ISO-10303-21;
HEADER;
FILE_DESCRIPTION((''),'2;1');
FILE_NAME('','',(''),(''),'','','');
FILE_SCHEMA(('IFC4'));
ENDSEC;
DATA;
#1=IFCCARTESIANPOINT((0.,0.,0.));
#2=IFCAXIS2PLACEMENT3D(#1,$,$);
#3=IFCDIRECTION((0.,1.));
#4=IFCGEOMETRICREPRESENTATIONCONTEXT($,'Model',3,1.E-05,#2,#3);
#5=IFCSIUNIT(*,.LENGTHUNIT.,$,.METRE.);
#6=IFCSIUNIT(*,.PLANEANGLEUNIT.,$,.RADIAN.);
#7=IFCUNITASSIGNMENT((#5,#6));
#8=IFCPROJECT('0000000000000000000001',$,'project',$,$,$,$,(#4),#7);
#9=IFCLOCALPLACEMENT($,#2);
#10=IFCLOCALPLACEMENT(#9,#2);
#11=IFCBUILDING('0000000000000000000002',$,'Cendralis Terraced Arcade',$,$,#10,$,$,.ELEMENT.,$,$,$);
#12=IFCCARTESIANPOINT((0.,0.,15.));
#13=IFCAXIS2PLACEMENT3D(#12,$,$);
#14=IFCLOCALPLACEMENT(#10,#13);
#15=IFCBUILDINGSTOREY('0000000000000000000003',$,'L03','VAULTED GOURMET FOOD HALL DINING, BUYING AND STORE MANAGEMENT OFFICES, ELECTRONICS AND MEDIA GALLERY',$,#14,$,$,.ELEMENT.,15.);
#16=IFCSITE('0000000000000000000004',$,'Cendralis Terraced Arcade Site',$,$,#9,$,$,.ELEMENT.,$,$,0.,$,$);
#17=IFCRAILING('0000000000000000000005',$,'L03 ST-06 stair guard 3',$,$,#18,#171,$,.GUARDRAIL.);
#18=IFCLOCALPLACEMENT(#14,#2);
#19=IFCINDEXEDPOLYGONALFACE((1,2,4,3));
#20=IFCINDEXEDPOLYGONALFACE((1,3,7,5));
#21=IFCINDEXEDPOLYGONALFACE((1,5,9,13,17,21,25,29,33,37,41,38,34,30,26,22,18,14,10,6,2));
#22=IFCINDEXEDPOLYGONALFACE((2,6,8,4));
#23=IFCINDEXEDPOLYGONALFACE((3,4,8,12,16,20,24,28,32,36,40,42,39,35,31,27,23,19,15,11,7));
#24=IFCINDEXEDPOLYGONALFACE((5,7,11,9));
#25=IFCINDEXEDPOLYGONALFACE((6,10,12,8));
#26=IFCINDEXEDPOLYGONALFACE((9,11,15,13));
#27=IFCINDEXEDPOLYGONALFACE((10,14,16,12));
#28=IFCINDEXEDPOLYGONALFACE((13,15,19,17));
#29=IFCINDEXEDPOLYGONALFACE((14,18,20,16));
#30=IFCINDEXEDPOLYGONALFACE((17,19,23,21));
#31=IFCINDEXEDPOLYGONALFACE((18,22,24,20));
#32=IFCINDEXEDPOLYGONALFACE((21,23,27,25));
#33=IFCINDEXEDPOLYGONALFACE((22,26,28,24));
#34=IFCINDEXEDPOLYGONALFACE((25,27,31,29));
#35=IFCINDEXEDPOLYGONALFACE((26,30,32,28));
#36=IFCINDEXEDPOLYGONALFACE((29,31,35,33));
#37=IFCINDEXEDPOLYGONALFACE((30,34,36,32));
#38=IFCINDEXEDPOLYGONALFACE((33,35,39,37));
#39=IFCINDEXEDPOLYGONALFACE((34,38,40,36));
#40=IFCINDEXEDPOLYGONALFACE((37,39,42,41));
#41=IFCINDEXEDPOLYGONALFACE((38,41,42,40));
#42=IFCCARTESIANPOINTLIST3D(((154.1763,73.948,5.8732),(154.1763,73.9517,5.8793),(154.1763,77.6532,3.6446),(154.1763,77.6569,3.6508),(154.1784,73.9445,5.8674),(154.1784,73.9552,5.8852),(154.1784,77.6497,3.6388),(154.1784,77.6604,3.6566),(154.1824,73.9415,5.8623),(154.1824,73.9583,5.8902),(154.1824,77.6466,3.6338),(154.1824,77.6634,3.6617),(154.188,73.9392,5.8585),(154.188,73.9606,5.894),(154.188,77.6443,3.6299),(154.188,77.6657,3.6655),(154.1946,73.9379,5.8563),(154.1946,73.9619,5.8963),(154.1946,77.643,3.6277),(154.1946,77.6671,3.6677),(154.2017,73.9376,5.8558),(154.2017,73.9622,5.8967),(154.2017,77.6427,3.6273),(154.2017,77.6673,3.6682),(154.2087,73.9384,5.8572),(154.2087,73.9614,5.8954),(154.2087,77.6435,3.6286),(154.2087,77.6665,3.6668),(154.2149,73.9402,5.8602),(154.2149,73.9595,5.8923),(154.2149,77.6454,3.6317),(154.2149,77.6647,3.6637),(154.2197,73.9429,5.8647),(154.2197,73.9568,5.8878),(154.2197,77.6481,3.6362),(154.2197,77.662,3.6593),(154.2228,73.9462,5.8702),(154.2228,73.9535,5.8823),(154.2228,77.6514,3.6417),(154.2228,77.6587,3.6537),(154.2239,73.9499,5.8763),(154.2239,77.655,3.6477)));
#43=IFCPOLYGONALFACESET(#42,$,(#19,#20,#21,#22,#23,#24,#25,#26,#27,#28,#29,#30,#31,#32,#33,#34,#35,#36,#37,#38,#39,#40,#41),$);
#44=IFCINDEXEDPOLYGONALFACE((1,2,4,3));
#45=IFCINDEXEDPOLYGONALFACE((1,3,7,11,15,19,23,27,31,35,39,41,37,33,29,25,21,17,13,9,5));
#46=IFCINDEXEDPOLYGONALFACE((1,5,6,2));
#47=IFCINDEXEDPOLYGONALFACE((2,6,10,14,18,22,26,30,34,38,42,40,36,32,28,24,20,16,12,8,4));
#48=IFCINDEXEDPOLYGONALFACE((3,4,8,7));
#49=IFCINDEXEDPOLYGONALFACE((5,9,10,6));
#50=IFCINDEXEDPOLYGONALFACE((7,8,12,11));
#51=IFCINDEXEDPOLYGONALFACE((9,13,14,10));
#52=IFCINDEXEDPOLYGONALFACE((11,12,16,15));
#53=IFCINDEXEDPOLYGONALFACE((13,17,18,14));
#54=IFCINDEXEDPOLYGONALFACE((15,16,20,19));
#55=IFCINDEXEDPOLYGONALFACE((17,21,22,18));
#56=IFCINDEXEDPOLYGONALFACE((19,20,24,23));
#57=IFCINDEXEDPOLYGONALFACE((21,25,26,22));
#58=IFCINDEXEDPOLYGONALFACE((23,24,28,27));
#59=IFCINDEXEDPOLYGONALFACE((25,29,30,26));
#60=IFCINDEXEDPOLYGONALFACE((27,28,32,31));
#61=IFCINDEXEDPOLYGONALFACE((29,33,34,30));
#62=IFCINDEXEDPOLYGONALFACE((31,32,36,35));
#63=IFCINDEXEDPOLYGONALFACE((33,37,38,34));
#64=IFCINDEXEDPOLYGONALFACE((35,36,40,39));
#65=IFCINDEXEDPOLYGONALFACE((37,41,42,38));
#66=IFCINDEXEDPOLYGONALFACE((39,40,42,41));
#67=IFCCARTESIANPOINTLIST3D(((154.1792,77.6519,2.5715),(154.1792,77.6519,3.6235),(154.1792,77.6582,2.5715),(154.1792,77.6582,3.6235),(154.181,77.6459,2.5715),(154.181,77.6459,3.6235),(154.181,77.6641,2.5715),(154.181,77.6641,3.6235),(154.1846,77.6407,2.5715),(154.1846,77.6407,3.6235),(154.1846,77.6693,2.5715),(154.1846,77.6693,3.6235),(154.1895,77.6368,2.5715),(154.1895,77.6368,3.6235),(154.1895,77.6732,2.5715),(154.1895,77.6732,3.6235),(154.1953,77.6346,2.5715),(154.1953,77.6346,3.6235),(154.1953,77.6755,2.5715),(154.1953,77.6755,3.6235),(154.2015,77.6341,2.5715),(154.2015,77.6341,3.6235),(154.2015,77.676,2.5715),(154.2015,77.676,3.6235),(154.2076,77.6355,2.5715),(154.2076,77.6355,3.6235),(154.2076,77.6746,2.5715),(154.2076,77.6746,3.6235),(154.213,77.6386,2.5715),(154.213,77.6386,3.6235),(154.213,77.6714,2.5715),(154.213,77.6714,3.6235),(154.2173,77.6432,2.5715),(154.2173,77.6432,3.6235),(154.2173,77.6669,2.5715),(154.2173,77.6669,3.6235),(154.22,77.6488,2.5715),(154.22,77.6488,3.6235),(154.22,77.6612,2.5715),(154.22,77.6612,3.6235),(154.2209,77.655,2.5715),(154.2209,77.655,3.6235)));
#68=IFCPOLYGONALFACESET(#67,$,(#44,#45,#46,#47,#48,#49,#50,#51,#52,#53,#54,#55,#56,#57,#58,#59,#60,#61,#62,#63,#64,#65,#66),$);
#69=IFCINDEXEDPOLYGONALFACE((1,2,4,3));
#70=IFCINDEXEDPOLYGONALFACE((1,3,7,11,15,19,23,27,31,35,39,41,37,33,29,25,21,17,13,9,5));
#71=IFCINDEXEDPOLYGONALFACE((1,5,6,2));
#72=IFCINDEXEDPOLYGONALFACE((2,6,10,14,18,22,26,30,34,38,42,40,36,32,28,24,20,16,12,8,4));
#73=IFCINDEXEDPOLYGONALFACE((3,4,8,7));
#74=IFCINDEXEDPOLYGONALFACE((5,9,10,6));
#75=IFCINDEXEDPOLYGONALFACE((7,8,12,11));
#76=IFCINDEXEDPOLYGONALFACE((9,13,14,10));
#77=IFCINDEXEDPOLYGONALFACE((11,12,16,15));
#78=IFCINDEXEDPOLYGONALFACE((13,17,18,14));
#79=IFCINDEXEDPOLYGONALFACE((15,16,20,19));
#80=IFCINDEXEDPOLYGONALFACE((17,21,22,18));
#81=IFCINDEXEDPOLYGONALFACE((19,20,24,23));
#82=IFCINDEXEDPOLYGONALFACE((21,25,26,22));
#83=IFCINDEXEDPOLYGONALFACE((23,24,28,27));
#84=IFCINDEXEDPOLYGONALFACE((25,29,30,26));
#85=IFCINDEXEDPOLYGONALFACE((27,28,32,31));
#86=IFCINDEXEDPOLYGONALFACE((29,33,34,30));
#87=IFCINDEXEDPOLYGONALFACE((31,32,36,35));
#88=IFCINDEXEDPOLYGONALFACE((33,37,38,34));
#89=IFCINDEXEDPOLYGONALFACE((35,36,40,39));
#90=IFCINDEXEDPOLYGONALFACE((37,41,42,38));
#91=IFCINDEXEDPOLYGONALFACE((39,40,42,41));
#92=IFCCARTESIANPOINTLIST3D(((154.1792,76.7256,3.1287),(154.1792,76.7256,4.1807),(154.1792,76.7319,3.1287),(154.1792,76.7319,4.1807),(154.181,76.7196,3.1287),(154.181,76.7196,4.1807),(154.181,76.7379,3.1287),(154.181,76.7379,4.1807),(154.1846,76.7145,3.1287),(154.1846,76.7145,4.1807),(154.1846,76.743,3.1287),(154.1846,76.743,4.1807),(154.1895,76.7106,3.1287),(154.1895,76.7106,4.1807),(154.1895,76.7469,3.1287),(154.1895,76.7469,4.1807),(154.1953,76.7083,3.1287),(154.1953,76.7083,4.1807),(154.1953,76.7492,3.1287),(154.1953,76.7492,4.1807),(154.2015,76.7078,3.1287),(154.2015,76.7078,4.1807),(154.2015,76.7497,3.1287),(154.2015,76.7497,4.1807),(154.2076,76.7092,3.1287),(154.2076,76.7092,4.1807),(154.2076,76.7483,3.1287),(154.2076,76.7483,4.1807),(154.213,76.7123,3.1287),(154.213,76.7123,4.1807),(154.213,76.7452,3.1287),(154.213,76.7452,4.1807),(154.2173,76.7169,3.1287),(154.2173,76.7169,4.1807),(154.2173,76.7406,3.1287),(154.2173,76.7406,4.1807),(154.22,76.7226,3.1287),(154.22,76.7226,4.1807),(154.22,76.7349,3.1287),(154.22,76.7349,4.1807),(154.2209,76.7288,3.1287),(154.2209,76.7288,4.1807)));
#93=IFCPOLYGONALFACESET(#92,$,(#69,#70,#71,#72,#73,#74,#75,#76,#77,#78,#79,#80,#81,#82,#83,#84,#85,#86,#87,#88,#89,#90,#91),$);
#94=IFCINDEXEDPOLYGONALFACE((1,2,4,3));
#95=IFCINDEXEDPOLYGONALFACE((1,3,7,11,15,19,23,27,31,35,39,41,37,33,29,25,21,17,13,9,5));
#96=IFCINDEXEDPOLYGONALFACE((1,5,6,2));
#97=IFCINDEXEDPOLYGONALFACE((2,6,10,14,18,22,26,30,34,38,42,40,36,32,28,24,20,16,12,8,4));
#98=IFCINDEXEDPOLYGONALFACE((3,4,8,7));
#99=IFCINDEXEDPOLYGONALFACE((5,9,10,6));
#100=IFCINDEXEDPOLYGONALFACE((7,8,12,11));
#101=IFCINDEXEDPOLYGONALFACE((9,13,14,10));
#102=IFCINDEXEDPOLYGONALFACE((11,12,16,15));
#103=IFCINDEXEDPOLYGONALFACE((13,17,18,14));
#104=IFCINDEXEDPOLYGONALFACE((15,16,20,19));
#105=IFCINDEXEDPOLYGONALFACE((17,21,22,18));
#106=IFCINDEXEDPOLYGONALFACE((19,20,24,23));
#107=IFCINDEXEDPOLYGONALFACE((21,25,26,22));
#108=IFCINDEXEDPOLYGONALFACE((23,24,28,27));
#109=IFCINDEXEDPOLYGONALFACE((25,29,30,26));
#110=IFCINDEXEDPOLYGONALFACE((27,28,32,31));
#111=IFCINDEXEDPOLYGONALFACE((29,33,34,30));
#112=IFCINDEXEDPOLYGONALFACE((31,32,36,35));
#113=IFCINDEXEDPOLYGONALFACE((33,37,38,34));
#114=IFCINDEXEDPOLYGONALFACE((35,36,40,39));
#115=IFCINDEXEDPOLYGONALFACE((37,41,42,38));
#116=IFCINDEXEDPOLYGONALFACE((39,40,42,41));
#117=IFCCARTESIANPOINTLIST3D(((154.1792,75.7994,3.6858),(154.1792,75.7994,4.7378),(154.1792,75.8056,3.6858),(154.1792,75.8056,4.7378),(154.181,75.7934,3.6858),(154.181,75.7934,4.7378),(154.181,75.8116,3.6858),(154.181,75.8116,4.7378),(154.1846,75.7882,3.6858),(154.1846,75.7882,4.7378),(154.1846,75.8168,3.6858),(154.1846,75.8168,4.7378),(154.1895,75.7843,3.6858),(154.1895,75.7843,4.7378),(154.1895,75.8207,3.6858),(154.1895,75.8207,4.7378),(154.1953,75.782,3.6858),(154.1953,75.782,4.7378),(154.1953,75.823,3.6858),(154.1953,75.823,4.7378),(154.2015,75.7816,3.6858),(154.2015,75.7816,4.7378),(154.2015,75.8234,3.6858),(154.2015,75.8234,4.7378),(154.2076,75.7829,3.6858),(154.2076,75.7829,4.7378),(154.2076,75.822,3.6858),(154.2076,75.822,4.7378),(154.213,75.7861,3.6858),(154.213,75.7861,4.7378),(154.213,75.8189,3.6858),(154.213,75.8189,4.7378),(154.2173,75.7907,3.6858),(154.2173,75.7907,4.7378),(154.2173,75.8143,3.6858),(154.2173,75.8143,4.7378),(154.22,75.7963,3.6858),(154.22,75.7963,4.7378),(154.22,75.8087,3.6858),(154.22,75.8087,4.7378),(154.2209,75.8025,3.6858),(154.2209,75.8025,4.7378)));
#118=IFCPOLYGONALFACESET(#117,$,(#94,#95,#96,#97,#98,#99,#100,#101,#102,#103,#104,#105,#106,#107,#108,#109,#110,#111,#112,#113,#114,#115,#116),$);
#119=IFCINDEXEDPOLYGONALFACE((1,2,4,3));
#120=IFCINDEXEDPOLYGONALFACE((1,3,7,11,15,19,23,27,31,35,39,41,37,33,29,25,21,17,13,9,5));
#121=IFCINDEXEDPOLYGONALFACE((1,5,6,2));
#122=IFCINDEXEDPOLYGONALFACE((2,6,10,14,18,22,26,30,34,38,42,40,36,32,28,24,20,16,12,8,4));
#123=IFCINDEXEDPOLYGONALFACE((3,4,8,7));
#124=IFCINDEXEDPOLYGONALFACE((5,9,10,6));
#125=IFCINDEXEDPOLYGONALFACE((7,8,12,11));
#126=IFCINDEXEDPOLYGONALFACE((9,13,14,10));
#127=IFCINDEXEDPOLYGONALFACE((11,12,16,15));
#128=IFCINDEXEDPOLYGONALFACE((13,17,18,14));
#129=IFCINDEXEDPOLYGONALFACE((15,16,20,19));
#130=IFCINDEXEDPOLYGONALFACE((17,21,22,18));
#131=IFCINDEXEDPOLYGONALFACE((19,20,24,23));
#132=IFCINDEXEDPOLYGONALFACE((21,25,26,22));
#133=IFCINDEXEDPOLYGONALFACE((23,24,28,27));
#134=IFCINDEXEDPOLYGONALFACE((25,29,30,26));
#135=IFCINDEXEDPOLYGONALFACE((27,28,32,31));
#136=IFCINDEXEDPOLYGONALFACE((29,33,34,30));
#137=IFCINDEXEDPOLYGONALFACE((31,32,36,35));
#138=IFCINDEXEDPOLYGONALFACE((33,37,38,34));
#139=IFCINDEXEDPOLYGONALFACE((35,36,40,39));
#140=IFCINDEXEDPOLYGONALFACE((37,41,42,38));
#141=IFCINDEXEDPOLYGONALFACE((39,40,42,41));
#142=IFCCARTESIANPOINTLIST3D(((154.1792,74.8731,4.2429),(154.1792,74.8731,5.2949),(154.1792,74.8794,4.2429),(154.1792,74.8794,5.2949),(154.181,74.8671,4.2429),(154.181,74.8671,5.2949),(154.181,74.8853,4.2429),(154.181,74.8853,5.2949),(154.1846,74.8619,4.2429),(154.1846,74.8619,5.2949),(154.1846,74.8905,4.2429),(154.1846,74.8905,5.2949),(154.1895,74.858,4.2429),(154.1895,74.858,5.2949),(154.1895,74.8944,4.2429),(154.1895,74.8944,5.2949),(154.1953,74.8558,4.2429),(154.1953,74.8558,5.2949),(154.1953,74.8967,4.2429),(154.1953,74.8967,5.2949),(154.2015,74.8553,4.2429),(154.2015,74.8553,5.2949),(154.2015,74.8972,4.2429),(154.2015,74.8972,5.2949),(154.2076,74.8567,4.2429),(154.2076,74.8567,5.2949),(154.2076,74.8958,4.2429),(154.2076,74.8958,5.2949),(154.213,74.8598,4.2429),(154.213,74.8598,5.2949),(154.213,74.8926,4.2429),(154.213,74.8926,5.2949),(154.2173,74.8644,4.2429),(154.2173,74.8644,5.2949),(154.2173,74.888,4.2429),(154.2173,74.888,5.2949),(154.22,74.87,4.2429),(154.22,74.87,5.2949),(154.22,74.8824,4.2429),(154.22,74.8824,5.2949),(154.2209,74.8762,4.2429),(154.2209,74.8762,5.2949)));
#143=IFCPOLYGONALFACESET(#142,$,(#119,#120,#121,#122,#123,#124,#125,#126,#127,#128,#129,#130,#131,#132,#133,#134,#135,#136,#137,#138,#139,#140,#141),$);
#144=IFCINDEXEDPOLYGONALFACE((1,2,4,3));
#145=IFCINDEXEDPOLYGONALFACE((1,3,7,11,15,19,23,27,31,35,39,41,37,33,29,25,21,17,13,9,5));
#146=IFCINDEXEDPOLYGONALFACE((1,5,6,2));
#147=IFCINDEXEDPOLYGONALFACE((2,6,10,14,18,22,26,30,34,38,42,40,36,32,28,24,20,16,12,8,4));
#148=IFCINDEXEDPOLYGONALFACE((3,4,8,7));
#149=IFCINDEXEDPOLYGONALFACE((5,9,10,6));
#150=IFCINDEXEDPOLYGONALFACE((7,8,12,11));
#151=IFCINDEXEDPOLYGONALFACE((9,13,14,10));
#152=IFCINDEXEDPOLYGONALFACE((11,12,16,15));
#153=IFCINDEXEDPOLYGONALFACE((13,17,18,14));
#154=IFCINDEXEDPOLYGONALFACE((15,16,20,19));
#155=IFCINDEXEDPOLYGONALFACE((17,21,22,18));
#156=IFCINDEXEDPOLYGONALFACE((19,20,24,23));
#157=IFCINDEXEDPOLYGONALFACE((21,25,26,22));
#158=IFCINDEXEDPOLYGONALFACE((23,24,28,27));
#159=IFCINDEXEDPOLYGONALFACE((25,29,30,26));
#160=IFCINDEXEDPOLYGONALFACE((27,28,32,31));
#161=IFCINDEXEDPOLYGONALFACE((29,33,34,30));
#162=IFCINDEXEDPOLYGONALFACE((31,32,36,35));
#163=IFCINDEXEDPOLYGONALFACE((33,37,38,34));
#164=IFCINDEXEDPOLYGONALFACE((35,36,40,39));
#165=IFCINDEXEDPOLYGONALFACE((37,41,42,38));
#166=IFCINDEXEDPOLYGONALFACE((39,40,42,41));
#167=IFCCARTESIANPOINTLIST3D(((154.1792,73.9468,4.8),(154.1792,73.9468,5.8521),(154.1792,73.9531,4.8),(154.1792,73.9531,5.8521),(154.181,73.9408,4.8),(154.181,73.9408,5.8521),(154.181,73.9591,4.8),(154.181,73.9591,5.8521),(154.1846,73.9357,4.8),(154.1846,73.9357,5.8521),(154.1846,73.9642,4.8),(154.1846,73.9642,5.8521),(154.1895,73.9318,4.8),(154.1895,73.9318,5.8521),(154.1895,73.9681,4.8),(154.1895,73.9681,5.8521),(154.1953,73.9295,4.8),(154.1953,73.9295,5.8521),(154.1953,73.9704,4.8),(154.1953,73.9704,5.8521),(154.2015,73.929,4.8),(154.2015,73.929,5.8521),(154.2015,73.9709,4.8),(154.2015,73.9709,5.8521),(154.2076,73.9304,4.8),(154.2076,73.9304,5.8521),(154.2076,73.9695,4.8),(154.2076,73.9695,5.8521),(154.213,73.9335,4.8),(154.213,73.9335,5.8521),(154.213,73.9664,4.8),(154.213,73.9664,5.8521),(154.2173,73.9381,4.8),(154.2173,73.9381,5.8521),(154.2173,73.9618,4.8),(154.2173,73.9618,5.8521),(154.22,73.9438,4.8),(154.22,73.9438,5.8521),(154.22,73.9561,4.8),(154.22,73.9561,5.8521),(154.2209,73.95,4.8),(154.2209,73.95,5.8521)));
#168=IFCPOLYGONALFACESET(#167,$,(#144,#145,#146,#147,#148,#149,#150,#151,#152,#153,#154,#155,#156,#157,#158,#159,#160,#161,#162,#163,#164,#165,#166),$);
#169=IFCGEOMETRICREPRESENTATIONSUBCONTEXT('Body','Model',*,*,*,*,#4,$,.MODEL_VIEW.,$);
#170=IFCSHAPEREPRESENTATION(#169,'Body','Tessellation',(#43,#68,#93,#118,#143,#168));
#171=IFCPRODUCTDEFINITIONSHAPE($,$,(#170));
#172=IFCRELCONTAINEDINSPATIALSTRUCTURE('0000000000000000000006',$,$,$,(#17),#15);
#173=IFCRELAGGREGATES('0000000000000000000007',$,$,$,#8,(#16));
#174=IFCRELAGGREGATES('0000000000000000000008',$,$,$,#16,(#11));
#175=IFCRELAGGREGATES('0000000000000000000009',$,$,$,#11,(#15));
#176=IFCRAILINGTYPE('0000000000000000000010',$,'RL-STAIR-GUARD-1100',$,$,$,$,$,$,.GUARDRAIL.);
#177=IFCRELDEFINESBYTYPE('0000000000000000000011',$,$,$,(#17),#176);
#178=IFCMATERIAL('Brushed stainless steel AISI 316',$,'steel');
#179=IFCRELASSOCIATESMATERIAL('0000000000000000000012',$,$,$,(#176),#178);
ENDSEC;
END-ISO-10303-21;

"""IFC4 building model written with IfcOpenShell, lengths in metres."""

from ifc_helpers import new_model, si_unit, direction, frame, origin, origin_2d, place, context, subcontext, project, spatial, circle, extrude, material, type_object, element, save


model = new_model("IFC4")

# Units and contexts
model_context = context("Model", 3, precision=1e-05, world=origin(), true_north=direction((0.0, 1.0)))
body_context = subcontext(model_context, "Body", "Model", "MODEL_VIEW")
ifc_project = project(units=[si_unit("LENGTHUNIT", "METRE"), si_unit("PLANEANGLEUNIT", "RADIAN")], contexts=[model_context])

# Site, building, storey
site_placement = place(None, origin())
site = spatial("IfcSite", under=ifc_project, at=site_placement, Name="Cendralis Terraced Arcade Site", CompositionType="ELEMENT", RefElevation=0.0)
building_placement = place(site_placement, origin())
building = spatial("IfcBuilding", under=site, at=building_placement, Name="Cendralis Terraced Arcade", CompositionType="ELEMENT")
storey_placement = place(building_placement, frame((0.0, 0.0, 15.0)))
storey = spatial("IfcBuildingStorey", under=building, at=storey_placement, Name="L03", Description="VAULTED GOURMET FOOD HALL DINING, BUYING AND STORE MANAGEMENT OFFICES, ELECTRONICS AND MEDIA GALLERY", CompositionType="ELEMENT", Elevation=15.0)

# Railing
ifc_material_1 = material(Name="Brushed stainless steel AISI 316", Category="steel")
railing_type_1 = type_object("IfcRailingType", Name="RL-STAIR-GUARD-1100", PredefinedType="GUARDRAIL", material=ifc_material_1)
railing_1_placement = place(storey_placement, frame((154.2, 77.655, 2.5715)))
element("IfcRailing", 1, at=railing_1_placement, inside=storey, type_object=railing_type_1, Name="L03 ST-06 stair guard 3", PredefinedType="GUARDRAIL", context=body_context, shape_type="SweptSolid", body=[
    extrude(circle(Radius=0.0239, at=origin_2d()), frame((0.0, 0.0, 1.0762), z_axis=(0.0, -0.856934, 0.515425), x_axis=(1.0, 0.0, 0.0)), (0.0, 0.0, 1.0), 4.3237),
    extrude(circle(Radius=0.021, at=origin_2d()), origin(), (0.0, 0.0, 1.0), 1.052),
    extrude(circle(Radius=0.021, at=origin_2d()), frame((0.0, -0.9263, 0.5571)), (0.0, 0.0, 1.0), 1.052),
    extrude(circle(Radius=0.021, at=origin_2d()), frame((0.0, -1.8525, 1.1143)), (0.0, 0.0, 1.0), 1.052),
    extrude(circle(Radius=0.021, at=origin_2d()), frame((0.0, -2.7788, 1.6714)), (0.0, 0.0, 1.0), 1.052),
    extrude(circle(Radius=0.021, at=origin_2d()), frame((0.0, -3.7051, 2.2285)), (0.0, 0.0, 1.0), 1.052),
])

save(model, "model.ifc")
